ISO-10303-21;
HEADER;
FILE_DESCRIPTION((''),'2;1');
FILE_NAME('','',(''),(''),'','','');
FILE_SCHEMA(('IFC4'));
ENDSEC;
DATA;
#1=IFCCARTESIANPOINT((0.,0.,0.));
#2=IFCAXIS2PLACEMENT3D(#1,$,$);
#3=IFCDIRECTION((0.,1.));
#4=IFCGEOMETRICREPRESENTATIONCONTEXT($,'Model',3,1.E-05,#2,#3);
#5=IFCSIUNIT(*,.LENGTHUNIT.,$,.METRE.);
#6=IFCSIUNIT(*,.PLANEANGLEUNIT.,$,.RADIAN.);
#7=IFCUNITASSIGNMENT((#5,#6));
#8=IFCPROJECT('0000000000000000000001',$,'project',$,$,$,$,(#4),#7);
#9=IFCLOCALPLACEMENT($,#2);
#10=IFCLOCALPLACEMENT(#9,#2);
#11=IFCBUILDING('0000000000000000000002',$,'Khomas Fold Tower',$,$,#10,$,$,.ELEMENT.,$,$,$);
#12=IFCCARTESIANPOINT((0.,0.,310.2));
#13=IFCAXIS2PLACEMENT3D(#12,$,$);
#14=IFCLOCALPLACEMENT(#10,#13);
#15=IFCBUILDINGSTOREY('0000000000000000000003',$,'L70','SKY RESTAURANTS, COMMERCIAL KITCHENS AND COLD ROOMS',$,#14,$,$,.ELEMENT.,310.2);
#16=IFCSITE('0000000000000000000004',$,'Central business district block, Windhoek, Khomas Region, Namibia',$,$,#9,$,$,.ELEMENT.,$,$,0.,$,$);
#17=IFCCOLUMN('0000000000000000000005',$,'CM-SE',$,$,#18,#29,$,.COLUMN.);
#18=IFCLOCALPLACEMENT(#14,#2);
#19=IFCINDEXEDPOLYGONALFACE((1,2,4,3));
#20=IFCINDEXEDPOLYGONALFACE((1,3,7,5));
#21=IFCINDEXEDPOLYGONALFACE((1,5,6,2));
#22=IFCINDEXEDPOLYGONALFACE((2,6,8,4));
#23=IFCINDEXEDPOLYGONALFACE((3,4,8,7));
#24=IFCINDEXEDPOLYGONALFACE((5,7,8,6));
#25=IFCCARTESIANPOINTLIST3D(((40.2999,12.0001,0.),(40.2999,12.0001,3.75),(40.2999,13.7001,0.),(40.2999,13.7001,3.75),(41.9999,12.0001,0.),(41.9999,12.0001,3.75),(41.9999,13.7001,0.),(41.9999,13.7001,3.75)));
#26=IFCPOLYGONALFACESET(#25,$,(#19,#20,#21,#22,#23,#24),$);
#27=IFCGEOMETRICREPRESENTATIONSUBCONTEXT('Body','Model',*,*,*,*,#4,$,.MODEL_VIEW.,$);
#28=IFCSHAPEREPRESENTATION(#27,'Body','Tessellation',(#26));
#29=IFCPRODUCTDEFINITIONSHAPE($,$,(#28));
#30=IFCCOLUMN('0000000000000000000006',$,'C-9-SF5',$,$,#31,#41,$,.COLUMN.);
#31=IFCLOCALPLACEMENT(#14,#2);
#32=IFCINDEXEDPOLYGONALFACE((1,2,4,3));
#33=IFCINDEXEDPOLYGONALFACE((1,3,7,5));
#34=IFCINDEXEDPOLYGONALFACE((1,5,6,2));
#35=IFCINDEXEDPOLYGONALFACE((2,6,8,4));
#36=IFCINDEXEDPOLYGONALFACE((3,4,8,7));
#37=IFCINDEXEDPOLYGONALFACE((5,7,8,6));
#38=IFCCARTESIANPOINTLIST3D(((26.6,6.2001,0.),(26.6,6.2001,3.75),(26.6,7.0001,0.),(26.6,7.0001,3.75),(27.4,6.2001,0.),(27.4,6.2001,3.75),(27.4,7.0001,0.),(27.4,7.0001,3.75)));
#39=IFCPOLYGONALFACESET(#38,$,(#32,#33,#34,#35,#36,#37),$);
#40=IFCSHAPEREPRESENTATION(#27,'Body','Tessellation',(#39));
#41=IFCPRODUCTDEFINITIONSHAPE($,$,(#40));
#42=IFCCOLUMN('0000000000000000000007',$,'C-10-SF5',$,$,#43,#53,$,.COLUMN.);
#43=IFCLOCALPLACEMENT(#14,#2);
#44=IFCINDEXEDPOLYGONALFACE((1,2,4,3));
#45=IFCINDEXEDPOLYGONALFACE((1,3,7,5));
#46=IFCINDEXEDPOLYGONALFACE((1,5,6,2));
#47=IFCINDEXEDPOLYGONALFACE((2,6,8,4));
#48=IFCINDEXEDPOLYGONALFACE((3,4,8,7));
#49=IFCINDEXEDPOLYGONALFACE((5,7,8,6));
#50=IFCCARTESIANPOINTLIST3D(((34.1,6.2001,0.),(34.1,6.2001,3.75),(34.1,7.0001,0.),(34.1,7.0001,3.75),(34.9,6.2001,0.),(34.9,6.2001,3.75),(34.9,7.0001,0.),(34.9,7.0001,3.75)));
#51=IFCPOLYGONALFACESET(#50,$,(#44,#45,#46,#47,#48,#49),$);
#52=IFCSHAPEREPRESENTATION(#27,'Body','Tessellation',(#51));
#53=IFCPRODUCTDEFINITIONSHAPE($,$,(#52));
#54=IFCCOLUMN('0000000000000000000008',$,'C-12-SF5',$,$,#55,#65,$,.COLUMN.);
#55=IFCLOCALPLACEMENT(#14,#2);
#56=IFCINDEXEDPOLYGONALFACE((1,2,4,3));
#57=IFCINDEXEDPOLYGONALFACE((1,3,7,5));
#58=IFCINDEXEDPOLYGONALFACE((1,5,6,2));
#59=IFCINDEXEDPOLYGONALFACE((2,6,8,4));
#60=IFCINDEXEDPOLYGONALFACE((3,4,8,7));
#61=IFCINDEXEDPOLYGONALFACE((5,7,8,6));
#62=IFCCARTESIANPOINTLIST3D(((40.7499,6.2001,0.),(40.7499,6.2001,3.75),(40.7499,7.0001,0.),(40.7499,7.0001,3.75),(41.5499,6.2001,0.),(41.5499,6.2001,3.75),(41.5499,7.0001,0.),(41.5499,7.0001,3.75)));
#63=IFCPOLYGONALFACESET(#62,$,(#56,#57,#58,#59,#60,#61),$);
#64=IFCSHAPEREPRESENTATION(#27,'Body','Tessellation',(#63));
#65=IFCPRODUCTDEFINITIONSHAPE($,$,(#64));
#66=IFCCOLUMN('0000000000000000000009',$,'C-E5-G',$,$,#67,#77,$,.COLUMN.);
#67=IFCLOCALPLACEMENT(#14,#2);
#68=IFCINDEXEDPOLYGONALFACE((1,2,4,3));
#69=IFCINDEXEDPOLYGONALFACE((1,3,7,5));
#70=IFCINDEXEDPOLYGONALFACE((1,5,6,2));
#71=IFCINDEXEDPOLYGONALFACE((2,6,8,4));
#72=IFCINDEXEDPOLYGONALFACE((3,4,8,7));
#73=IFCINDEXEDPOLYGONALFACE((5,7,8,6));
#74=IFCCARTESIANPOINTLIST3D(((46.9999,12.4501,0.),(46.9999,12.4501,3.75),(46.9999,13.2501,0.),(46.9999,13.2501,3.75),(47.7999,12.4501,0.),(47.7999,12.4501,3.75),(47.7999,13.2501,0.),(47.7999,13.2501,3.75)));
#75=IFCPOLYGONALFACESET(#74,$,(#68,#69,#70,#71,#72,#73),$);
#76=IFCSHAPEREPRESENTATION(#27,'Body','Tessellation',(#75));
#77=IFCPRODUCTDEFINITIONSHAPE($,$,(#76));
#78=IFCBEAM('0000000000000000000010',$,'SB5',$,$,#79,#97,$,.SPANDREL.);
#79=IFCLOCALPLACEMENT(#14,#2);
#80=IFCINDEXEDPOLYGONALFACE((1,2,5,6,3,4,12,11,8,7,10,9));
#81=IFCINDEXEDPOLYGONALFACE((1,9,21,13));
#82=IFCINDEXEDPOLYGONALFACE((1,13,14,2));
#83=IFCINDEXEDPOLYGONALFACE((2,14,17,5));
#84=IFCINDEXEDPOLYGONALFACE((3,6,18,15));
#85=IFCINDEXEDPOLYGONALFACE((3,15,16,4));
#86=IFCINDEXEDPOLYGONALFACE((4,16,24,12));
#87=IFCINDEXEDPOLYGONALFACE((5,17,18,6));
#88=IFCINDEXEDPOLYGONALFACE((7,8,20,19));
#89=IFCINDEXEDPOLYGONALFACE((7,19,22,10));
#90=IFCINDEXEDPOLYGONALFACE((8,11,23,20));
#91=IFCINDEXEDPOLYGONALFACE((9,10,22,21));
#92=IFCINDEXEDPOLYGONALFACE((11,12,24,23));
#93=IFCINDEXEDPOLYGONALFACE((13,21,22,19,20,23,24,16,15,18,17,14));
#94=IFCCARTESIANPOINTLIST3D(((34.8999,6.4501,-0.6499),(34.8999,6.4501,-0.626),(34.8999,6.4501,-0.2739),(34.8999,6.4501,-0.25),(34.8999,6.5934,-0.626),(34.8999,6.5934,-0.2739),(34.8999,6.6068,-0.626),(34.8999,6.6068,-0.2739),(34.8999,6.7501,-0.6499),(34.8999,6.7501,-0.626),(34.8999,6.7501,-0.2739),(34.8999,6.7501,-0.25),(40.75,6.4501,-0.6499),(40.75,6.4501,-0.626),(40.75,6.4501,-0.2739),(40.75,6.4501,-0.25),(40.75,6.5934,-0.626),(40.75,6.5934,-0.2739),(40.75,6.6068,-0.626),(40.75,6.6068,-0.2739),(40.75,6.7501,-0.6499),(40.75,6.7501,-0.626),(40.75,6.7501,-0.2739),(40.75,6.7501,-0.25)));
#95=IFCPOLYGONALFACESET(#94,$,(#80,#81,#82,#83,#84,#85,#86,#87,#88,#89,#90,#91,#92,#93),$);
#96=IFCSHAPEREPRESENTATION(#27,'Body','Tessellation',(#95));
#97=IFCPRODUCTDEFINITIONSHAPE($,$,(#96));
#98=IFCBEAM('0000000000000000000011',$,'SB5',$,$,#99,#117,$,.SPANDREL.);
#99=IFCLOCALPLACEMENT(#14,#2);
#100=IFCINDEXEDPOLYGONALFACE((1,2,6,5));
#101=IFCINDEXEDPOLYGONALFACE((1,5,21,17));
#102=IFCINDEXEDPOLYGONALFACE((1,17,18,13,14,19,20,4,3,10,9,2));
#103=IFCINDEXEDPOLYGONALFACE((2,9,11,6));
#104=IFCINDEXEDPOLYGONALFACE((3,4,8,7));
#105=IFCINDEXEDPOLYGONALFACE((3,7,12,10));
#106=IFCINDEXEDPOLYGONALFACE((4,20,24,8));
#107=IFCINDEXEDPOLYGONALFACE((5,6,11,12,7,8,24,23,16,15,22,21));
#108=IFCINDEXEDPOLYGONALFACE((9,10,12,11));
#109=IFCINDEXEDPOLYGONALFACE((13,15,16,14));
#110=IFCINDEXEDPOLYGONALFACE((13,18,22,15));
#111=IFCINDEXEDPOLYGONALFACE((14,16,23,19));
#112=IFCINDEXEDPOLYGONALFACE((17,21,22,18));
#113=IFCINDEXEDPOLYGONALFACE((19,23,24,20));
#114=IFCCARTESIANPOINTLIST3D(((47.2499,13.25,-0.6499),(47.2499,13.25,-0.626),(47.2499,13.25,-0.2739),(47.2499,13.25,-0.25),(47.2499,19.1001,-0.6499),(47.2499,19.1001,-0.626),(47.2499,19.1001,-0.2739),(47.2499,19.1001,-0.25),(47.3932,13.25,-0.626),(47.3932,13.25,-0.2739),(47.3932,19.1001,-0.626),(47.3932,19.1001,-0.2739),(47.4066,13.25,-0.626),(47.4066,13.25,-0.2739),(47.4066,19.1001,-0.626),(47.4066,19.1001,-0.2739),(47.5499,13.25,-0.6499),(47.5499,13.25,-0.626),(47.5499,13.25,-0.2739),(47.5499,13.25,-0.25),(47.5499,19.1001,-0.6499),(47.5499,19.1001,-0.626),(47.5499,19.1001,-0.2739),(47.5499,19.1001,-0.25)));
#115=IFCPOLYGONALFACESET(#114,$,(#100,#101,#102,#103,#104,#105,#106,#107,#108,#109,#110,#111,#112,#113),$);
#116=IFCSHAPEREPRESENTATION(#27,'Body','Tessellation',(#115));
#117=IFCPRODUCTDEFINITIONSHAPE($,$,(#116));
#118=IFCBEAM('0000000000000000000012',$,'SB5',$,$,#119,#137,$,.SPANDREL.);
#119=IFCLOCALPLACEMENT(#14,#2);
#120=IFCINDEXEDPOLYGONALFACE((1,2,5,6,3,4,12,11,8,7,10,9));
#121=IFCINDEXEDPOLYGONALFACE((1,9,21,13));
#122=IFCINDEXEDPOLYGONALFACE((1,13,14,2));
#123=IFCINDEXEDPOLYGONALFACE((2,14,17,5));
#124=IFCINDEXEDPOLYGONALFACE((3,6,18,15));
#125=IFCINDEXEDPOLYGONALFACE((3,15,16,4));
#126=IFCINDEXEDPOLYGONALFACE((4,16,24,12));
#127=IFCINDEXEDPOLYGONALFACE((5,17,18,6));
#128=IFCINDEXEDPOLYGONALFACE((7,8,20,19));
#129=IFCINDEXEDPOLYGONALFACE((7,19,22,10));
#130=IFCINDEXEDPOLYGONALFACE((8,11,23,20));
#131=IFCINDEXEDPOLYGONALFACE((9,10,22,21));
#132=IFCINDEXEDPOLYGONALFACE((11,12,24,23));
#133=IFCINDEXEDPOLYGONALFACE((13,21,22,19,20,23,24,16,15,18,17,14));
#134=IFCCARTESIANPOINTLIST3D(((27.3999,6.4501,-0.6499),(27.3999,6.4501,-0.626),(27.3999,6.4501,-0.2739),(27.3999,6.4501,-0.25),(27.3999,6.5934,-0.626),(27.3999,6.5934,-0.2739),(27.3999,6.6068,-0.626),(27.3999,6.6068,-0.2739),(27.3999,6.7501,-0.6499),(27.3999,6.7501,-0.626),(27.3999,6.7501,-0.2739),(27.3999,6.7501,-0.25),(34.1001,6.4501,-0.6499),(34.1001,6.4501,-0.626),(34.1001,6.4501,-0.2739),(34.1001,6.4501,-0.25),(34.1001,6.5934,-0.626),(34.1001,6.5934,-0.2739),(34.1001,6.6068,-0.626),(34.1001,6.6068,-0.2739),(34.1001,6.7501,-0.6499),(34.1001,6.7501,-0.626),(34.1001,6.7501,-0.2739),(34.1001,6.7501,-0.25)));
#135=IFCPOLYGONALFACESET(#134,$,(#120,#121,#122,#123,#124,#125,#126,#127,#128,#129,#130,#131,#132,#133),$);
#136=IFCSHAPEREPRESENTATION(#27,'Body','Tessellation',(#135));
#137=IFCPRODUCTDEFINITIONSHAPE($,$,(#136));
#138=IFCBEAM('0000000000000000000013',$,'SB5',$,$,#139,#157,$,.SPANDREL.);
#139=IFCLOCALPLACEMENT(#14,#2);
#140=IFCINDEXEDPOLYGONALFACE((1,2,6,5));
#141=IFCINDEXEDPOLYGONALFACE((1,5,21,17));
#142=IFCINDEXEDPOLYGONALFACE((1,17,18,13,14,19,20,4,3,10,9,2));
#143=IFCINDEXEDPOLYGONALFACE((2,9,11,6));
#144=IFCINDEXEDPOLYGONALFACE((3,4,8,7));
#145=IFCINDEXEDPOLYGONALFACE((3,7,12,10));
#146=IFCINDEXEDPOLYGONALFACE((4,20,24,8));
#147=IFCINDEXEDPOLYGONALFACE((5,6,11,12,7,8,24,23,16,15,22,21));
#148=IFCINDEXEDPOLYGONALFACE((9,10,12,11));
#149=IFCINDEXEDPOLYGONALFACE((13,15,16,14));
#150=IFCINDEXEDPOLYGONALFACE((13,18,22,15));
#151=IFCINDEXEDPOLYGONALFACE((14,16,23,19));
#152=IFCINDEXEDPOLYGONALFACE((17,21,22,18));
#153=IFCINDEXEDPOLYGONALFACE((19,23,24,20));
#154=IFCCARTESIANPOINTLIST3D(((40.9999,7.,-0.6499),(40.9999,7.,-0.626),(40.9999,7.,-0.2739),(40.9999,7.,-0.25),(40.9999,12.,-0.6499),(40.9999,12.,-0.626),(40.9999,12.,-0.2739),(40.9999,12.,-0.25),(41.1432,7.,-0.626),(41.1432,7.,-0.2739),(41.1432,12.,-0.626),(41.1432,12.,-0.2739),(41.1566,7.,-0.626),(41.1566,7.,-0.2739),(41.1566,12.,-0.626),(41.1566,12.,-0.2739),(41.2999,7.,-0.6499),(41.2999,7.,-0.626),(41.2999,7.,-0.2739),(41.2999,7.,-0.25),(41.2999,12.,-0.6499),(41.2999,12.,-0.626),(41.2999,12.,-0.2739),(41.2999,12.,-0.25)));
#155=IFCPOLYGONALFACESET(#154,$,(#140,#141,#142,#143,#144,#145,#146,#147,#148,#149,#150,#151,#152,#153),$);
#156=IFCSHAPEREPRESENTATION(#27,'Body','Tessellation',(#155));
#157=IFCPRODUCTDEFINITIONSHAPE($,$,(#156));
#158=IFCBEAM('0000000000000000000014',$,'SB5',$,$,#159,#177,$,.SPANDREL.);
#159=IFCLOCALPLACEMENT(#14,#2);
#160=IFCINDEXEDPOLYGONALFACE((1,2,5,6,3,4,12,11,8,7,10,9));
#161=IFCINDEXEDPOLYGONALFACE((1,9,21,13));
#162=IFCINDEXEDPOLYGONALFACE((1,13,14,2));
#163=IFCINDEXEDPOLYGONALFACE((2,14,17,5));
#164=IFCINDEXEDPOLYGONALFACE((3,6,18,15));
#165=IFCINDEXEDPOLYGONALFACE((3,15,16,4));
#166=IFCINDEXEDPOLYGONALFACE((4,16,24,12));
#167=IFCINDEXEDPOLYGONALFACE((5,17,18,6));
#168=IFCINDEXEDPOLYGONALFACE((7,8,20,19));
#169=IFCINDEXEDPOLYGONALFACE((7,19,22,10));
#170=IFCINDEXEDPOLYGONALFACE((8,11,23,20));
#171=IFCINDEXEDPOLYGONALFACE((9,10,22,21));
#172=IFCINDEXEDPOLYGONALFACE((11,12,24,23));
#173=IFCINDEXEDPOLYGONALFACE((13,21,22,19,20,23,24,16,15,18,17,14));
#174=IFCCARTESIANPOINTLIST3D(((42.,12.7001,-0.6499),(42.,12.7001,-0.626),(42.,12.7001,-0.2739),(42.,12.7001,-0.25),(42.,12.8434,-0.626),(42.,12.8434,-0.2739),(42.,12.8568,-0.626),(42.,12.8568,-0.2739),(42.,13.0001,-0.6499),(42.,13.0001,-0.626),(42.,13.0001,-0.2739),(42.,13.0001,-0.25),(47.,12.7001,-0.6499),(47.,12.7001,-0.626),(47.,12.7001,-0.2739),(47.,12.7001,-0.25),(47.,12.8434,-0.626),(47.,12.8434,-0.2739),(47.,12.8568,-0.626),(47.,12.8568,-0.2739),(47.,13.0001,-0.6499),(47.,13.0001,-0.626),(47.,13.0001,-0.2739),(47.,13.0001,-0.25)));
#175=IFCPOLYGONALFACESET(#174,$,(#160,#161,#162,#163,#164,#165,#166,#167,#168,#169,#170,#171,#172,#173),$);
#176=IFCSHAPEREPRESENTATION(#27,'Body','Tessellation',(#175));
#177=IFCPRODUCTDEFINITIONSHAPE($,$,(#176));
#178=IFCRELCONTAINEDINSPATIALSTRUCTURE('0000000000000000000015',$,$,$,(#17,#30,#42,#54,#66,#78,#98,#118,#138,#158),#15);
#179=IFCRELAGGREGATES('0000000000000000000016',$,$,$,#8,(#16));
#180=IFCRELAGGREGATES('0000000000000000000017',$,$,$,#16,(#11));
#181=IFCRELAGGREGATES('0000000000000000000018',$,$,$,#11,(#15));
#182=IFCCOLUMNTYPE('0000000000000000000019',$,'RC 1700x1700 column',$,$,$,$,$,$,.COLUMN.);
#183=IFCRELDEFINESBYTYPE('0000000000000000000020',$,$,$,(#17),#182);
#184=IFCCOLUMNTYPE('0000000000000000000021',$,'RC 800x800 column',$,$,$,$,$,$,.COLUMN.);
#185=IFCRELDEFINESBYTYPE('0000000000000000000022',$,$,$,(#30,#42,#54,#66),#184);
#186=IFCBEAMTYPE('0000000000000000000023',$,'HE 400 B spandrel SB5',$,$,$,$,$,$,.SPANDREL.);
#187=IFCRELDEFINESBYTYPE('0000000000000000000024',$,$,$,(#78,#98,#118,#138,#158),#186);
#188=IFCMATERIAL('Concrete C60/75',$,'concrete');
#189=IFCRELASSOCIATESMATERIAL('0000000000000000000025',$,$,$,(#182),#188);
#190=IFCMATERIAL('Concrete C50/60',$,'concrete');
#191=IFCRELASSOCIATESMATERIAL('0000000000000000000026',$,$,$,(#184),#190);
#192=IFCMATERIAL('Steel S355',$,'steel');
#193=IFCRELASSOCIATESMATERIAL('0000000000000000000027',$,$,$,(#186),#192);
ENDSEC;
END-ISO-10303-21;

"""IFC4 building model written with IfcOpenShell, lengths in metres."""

from ifc_helpers import new_model, si_unit, direction, frame, origin, origin_2d, place, context, subcontext, project, spatial, rectangle, i_section, extrude, source, transform, mapped, material, material_profile, profile_set, type_object, element, save


model = new_model("IFC4")

# Units and contexts
model_context = context("Model", 3, precision=1e-05, world=origin(), true_north=direction((0.0, 1.0)))
body_context = subcontext(model_context, "Body", "Model", "MODEL_VIEW")
ifc_project = project(units=[si_unit("LENGTHUNIT", "METRE"), si_unit("PLANEANGLEUNIT", "RADIAN")], contexts=[model_context])

# Site, building, storey
site_placement = place(None, origin())
site = spatial("IfcSite", under=ifc_project, at=site_placement, Name="Central business district block, Windhoek, Khomas Region, Namibia", CompositionType="ELEMENT", RefElevation=0.0)
building_placement = place(site_placement, origin())
building = spatial("IfcBuilding", under=site, at=building_placement, Name="Khomas Fold Tower", CompositionType="ELEMENT")
storey_placement = place(building_placement, frame((0.0, 0.0, 310.2)))
storey = spatial("IfcBuildingStorey", under=building, at=storey_placement, Name="L70", Description="SKY RESTAURANTS, COMMERCIAL KITCHENS AND COLD ROOMS", CompositionType="ELEMENT", Elevation=310.2)

# Columns
ifc_material_1 = material(Name="Concrete C60/75", Category="concrete")
ifc_material_profile_1 = material_profile(ifc_material_1, rectangle(XDim=1.7, YDim=1.7, at=origin_2d()), Name="RC 1700x1700")
ifc_profile_set_1 = profile_set([ifc_material_profile_1], Name="Concrete C60/75")
column_type_1 = type_object("IfcColumnType", Name="RC 1700x1700 column", PredefinedType="COLUMN", material=ifc_profile_set_1)
shared_shape_1 = source(origin(), body_context, "Body", "SweptSolid", [
    extrude(rectangle(XDim=1.7, YDim=1.7, at=origin_2d()), origin(), (0.0, 0.0, 1.0), 3.75),
])
column_placement = place(storey_placement, frame((41.1499, 12.8501, 0.0), z_axis=(0.0, 0.0, 1.0), x_axis=(1.0, 0.0, 0.0)))
element("IfcColumn", 1, at=column_placement, inside=storey, type_object=column_type_1, Name="CM-SE", PredefinedType="COLUMN", context=body_context, shape_type="MappedRepresentation", body=[
    mapped(shared_shape_1, transform((0.0, 0.0, 0.0))),
])
ifc_material_2 = material(Name="Concrete C50/60", Category="concrete")
ifc_material_profile_2 = material_profile(ifc_material_2, rectangle(XDim=0.8, YDim=0.8, at=origin_2d()), Name="RC 800x800")
ifc_profile_set_2 = profile_set([ifc_material_profile_2], Name="Concrete C50/60")
column_type_2 = type_object("IfcColumnType", Name="RC 800x800 column", PredefinedType="COLUMN", material=ifc_profile_set_2)
shared_shape_2 = source(origin(), body_context, "Body", "SweptSolid", [
    extrude(rectangle(XDim=0.8, YDim=0.8, at=origin_2d()), origin(), (0.0, 0.0, 1.0), 3.75),
])
for number, where, z_axis, x_axis, name in (
    (2, (27.0, 6.6001, 0.0), (0.0, 0.0, 1.0), (1.0, 0.0, 0.0), "C-9-SF5"),
    (3, (34.5, 6.6001, 0.0), (0.0, 0.0, 1.0), (1.0, 0.0, 0.0), "C-10-SF5"),
    (4, (41.1499, 6.6001, 0.0), (0.0, 0.0, 1.0), (1.0, 0.0, 0.0), "C-12-SF5"),
    (5, (47.3999, 12.8501, 0.0), (0.0, 0.0, 1.0), (1.0, 0.0, 0.0), "C-E5-G"),
):
    element("IfcColumn", number, at=place(storey_placement, frame(where, z_axis=z_axis, x_axis=x_axis)), inside=storey, type_object=column_type_2, Name=name, PredefinedType="COLUMN", context=body_context, shape_type="MappedRepresentation", body=[
        mapped(shared_shape_2, transform((0.0, 0.0, 0.0))),
    ])

# Beams
ifc_material_3 = material(Name="Steel S355", Category="steel")
ifc_material_profile_3 = material_profile(ifc_material_3, i_section(OverallWidth=0.3, OverallDepth=0.3999, WebThickness=0.0134, FlangeThickness=0.0239, at=origin_2d()), Name="HE 400 B")
ifc_profile_set_3 = profile_set([ifc_material_profile_3], Name="Steel S355")
beam_type_1 = type_object("IfcBeamType", Name="HE 400 B spandrel SB5", PredefinedType="SPANDREL", material=ifc_profile_set_3)
shared_shape_3 = source(origin(), body_context, "Body", "SweptSolid", [
    extrude(i_section(OverallWidth=0.3, OverallDepth=0.3999, WebThickness=0.0134, FlangeThickness=0.0239, at=origin_2d()), origin(), (0.0, 0.0, 1.0), 5.8501),
])
for number, where, z_axis, x_axis, name in (
    (6, (34.8999, 6.6001, -0.45), (1.0, 0.0, 0.0), (0.0, 1.0, 0.0), "SB5"),
    (7, (47.3999, 13.25, -0.45), (0.0, 1.0, 0.0), (-1.0, 0.0, 0.0), "SB5"),
):
    element("IfcBeam", number, at=place(storey_placement, frame(where, z_axis=z_axis, x_axis=x_axis)), inside=storey, type_object=beam_type_1, Name=name, PredefinedType="SPANDREL", context=body_context, shape_type="MappedRepresentation", body=[
        mapped(shared_shape_3, transform((0.0, 0.0, 0.0))),
    ])
shared_shape_4 = source(origin(), body_context, "Body", "SweptSolid", [
    extrude(i_section(OverallWidth=0.3, OverallDepth=0.3999, WebThickness=0.0134, FlangeThickness=0.0239, at=origin_2d()), origin(), (0.0, 0.0, 1.0), 6.7002),
])
beam_1_placement = place(storey_placement, frame((27.3999, 6.6001, -0.45), z_axis=(1.0, 0.0, 0.0), x_axis=(0.0, 1.0, 0.0)))
element("IfcBeam", 8, at=beam_1_placement, inside=storey, type_object=beam_type_1, Name="SB5", PredefinedType="SPANDREL", context=body_context, shape_type="MappedRepresentation", body=[
    mapped(shared_shape_4, transform((0.0, 0.0, 0.0))),
])
shared_shape_5 = source(origin(), body_context, "Body", "SweptSolid", [
    extrude(i_section(OverallWidth=0.3, OverallDepth=0.3999, WebThickness=0.0134, FlangeThickness=0.0239, at=origin_2d()), origin(), (0.0, 0.0, 1.0), 5.0),
])
for number, where, z_axis, x_axis, name in (
    (9, (41.1499, 7.0, -0.45), (0.0, 1.0, 0.0), (-1.0, 0.0, 0.0), "SB5"),
    (10, (42.0, 12.8501, -0.45), (1.0, 0.0, 0.0), (0.0, 1.0, 0.0), "SB5"),
):
    element("IfcBeam", number, at=place(storey_placement, frame(where, z_axis=z_axis, x_axis=x_axis)), inside=storey, type_object=beam_type_1, Name=name, PredefinedType="SPANDREL", context=body_context, shape_type="MappedRepresentation", body=[
        mapped(shared_shape_5, transform((0.0, 0.0, 0.0))),
    ])

save(model, "model.ifc")
